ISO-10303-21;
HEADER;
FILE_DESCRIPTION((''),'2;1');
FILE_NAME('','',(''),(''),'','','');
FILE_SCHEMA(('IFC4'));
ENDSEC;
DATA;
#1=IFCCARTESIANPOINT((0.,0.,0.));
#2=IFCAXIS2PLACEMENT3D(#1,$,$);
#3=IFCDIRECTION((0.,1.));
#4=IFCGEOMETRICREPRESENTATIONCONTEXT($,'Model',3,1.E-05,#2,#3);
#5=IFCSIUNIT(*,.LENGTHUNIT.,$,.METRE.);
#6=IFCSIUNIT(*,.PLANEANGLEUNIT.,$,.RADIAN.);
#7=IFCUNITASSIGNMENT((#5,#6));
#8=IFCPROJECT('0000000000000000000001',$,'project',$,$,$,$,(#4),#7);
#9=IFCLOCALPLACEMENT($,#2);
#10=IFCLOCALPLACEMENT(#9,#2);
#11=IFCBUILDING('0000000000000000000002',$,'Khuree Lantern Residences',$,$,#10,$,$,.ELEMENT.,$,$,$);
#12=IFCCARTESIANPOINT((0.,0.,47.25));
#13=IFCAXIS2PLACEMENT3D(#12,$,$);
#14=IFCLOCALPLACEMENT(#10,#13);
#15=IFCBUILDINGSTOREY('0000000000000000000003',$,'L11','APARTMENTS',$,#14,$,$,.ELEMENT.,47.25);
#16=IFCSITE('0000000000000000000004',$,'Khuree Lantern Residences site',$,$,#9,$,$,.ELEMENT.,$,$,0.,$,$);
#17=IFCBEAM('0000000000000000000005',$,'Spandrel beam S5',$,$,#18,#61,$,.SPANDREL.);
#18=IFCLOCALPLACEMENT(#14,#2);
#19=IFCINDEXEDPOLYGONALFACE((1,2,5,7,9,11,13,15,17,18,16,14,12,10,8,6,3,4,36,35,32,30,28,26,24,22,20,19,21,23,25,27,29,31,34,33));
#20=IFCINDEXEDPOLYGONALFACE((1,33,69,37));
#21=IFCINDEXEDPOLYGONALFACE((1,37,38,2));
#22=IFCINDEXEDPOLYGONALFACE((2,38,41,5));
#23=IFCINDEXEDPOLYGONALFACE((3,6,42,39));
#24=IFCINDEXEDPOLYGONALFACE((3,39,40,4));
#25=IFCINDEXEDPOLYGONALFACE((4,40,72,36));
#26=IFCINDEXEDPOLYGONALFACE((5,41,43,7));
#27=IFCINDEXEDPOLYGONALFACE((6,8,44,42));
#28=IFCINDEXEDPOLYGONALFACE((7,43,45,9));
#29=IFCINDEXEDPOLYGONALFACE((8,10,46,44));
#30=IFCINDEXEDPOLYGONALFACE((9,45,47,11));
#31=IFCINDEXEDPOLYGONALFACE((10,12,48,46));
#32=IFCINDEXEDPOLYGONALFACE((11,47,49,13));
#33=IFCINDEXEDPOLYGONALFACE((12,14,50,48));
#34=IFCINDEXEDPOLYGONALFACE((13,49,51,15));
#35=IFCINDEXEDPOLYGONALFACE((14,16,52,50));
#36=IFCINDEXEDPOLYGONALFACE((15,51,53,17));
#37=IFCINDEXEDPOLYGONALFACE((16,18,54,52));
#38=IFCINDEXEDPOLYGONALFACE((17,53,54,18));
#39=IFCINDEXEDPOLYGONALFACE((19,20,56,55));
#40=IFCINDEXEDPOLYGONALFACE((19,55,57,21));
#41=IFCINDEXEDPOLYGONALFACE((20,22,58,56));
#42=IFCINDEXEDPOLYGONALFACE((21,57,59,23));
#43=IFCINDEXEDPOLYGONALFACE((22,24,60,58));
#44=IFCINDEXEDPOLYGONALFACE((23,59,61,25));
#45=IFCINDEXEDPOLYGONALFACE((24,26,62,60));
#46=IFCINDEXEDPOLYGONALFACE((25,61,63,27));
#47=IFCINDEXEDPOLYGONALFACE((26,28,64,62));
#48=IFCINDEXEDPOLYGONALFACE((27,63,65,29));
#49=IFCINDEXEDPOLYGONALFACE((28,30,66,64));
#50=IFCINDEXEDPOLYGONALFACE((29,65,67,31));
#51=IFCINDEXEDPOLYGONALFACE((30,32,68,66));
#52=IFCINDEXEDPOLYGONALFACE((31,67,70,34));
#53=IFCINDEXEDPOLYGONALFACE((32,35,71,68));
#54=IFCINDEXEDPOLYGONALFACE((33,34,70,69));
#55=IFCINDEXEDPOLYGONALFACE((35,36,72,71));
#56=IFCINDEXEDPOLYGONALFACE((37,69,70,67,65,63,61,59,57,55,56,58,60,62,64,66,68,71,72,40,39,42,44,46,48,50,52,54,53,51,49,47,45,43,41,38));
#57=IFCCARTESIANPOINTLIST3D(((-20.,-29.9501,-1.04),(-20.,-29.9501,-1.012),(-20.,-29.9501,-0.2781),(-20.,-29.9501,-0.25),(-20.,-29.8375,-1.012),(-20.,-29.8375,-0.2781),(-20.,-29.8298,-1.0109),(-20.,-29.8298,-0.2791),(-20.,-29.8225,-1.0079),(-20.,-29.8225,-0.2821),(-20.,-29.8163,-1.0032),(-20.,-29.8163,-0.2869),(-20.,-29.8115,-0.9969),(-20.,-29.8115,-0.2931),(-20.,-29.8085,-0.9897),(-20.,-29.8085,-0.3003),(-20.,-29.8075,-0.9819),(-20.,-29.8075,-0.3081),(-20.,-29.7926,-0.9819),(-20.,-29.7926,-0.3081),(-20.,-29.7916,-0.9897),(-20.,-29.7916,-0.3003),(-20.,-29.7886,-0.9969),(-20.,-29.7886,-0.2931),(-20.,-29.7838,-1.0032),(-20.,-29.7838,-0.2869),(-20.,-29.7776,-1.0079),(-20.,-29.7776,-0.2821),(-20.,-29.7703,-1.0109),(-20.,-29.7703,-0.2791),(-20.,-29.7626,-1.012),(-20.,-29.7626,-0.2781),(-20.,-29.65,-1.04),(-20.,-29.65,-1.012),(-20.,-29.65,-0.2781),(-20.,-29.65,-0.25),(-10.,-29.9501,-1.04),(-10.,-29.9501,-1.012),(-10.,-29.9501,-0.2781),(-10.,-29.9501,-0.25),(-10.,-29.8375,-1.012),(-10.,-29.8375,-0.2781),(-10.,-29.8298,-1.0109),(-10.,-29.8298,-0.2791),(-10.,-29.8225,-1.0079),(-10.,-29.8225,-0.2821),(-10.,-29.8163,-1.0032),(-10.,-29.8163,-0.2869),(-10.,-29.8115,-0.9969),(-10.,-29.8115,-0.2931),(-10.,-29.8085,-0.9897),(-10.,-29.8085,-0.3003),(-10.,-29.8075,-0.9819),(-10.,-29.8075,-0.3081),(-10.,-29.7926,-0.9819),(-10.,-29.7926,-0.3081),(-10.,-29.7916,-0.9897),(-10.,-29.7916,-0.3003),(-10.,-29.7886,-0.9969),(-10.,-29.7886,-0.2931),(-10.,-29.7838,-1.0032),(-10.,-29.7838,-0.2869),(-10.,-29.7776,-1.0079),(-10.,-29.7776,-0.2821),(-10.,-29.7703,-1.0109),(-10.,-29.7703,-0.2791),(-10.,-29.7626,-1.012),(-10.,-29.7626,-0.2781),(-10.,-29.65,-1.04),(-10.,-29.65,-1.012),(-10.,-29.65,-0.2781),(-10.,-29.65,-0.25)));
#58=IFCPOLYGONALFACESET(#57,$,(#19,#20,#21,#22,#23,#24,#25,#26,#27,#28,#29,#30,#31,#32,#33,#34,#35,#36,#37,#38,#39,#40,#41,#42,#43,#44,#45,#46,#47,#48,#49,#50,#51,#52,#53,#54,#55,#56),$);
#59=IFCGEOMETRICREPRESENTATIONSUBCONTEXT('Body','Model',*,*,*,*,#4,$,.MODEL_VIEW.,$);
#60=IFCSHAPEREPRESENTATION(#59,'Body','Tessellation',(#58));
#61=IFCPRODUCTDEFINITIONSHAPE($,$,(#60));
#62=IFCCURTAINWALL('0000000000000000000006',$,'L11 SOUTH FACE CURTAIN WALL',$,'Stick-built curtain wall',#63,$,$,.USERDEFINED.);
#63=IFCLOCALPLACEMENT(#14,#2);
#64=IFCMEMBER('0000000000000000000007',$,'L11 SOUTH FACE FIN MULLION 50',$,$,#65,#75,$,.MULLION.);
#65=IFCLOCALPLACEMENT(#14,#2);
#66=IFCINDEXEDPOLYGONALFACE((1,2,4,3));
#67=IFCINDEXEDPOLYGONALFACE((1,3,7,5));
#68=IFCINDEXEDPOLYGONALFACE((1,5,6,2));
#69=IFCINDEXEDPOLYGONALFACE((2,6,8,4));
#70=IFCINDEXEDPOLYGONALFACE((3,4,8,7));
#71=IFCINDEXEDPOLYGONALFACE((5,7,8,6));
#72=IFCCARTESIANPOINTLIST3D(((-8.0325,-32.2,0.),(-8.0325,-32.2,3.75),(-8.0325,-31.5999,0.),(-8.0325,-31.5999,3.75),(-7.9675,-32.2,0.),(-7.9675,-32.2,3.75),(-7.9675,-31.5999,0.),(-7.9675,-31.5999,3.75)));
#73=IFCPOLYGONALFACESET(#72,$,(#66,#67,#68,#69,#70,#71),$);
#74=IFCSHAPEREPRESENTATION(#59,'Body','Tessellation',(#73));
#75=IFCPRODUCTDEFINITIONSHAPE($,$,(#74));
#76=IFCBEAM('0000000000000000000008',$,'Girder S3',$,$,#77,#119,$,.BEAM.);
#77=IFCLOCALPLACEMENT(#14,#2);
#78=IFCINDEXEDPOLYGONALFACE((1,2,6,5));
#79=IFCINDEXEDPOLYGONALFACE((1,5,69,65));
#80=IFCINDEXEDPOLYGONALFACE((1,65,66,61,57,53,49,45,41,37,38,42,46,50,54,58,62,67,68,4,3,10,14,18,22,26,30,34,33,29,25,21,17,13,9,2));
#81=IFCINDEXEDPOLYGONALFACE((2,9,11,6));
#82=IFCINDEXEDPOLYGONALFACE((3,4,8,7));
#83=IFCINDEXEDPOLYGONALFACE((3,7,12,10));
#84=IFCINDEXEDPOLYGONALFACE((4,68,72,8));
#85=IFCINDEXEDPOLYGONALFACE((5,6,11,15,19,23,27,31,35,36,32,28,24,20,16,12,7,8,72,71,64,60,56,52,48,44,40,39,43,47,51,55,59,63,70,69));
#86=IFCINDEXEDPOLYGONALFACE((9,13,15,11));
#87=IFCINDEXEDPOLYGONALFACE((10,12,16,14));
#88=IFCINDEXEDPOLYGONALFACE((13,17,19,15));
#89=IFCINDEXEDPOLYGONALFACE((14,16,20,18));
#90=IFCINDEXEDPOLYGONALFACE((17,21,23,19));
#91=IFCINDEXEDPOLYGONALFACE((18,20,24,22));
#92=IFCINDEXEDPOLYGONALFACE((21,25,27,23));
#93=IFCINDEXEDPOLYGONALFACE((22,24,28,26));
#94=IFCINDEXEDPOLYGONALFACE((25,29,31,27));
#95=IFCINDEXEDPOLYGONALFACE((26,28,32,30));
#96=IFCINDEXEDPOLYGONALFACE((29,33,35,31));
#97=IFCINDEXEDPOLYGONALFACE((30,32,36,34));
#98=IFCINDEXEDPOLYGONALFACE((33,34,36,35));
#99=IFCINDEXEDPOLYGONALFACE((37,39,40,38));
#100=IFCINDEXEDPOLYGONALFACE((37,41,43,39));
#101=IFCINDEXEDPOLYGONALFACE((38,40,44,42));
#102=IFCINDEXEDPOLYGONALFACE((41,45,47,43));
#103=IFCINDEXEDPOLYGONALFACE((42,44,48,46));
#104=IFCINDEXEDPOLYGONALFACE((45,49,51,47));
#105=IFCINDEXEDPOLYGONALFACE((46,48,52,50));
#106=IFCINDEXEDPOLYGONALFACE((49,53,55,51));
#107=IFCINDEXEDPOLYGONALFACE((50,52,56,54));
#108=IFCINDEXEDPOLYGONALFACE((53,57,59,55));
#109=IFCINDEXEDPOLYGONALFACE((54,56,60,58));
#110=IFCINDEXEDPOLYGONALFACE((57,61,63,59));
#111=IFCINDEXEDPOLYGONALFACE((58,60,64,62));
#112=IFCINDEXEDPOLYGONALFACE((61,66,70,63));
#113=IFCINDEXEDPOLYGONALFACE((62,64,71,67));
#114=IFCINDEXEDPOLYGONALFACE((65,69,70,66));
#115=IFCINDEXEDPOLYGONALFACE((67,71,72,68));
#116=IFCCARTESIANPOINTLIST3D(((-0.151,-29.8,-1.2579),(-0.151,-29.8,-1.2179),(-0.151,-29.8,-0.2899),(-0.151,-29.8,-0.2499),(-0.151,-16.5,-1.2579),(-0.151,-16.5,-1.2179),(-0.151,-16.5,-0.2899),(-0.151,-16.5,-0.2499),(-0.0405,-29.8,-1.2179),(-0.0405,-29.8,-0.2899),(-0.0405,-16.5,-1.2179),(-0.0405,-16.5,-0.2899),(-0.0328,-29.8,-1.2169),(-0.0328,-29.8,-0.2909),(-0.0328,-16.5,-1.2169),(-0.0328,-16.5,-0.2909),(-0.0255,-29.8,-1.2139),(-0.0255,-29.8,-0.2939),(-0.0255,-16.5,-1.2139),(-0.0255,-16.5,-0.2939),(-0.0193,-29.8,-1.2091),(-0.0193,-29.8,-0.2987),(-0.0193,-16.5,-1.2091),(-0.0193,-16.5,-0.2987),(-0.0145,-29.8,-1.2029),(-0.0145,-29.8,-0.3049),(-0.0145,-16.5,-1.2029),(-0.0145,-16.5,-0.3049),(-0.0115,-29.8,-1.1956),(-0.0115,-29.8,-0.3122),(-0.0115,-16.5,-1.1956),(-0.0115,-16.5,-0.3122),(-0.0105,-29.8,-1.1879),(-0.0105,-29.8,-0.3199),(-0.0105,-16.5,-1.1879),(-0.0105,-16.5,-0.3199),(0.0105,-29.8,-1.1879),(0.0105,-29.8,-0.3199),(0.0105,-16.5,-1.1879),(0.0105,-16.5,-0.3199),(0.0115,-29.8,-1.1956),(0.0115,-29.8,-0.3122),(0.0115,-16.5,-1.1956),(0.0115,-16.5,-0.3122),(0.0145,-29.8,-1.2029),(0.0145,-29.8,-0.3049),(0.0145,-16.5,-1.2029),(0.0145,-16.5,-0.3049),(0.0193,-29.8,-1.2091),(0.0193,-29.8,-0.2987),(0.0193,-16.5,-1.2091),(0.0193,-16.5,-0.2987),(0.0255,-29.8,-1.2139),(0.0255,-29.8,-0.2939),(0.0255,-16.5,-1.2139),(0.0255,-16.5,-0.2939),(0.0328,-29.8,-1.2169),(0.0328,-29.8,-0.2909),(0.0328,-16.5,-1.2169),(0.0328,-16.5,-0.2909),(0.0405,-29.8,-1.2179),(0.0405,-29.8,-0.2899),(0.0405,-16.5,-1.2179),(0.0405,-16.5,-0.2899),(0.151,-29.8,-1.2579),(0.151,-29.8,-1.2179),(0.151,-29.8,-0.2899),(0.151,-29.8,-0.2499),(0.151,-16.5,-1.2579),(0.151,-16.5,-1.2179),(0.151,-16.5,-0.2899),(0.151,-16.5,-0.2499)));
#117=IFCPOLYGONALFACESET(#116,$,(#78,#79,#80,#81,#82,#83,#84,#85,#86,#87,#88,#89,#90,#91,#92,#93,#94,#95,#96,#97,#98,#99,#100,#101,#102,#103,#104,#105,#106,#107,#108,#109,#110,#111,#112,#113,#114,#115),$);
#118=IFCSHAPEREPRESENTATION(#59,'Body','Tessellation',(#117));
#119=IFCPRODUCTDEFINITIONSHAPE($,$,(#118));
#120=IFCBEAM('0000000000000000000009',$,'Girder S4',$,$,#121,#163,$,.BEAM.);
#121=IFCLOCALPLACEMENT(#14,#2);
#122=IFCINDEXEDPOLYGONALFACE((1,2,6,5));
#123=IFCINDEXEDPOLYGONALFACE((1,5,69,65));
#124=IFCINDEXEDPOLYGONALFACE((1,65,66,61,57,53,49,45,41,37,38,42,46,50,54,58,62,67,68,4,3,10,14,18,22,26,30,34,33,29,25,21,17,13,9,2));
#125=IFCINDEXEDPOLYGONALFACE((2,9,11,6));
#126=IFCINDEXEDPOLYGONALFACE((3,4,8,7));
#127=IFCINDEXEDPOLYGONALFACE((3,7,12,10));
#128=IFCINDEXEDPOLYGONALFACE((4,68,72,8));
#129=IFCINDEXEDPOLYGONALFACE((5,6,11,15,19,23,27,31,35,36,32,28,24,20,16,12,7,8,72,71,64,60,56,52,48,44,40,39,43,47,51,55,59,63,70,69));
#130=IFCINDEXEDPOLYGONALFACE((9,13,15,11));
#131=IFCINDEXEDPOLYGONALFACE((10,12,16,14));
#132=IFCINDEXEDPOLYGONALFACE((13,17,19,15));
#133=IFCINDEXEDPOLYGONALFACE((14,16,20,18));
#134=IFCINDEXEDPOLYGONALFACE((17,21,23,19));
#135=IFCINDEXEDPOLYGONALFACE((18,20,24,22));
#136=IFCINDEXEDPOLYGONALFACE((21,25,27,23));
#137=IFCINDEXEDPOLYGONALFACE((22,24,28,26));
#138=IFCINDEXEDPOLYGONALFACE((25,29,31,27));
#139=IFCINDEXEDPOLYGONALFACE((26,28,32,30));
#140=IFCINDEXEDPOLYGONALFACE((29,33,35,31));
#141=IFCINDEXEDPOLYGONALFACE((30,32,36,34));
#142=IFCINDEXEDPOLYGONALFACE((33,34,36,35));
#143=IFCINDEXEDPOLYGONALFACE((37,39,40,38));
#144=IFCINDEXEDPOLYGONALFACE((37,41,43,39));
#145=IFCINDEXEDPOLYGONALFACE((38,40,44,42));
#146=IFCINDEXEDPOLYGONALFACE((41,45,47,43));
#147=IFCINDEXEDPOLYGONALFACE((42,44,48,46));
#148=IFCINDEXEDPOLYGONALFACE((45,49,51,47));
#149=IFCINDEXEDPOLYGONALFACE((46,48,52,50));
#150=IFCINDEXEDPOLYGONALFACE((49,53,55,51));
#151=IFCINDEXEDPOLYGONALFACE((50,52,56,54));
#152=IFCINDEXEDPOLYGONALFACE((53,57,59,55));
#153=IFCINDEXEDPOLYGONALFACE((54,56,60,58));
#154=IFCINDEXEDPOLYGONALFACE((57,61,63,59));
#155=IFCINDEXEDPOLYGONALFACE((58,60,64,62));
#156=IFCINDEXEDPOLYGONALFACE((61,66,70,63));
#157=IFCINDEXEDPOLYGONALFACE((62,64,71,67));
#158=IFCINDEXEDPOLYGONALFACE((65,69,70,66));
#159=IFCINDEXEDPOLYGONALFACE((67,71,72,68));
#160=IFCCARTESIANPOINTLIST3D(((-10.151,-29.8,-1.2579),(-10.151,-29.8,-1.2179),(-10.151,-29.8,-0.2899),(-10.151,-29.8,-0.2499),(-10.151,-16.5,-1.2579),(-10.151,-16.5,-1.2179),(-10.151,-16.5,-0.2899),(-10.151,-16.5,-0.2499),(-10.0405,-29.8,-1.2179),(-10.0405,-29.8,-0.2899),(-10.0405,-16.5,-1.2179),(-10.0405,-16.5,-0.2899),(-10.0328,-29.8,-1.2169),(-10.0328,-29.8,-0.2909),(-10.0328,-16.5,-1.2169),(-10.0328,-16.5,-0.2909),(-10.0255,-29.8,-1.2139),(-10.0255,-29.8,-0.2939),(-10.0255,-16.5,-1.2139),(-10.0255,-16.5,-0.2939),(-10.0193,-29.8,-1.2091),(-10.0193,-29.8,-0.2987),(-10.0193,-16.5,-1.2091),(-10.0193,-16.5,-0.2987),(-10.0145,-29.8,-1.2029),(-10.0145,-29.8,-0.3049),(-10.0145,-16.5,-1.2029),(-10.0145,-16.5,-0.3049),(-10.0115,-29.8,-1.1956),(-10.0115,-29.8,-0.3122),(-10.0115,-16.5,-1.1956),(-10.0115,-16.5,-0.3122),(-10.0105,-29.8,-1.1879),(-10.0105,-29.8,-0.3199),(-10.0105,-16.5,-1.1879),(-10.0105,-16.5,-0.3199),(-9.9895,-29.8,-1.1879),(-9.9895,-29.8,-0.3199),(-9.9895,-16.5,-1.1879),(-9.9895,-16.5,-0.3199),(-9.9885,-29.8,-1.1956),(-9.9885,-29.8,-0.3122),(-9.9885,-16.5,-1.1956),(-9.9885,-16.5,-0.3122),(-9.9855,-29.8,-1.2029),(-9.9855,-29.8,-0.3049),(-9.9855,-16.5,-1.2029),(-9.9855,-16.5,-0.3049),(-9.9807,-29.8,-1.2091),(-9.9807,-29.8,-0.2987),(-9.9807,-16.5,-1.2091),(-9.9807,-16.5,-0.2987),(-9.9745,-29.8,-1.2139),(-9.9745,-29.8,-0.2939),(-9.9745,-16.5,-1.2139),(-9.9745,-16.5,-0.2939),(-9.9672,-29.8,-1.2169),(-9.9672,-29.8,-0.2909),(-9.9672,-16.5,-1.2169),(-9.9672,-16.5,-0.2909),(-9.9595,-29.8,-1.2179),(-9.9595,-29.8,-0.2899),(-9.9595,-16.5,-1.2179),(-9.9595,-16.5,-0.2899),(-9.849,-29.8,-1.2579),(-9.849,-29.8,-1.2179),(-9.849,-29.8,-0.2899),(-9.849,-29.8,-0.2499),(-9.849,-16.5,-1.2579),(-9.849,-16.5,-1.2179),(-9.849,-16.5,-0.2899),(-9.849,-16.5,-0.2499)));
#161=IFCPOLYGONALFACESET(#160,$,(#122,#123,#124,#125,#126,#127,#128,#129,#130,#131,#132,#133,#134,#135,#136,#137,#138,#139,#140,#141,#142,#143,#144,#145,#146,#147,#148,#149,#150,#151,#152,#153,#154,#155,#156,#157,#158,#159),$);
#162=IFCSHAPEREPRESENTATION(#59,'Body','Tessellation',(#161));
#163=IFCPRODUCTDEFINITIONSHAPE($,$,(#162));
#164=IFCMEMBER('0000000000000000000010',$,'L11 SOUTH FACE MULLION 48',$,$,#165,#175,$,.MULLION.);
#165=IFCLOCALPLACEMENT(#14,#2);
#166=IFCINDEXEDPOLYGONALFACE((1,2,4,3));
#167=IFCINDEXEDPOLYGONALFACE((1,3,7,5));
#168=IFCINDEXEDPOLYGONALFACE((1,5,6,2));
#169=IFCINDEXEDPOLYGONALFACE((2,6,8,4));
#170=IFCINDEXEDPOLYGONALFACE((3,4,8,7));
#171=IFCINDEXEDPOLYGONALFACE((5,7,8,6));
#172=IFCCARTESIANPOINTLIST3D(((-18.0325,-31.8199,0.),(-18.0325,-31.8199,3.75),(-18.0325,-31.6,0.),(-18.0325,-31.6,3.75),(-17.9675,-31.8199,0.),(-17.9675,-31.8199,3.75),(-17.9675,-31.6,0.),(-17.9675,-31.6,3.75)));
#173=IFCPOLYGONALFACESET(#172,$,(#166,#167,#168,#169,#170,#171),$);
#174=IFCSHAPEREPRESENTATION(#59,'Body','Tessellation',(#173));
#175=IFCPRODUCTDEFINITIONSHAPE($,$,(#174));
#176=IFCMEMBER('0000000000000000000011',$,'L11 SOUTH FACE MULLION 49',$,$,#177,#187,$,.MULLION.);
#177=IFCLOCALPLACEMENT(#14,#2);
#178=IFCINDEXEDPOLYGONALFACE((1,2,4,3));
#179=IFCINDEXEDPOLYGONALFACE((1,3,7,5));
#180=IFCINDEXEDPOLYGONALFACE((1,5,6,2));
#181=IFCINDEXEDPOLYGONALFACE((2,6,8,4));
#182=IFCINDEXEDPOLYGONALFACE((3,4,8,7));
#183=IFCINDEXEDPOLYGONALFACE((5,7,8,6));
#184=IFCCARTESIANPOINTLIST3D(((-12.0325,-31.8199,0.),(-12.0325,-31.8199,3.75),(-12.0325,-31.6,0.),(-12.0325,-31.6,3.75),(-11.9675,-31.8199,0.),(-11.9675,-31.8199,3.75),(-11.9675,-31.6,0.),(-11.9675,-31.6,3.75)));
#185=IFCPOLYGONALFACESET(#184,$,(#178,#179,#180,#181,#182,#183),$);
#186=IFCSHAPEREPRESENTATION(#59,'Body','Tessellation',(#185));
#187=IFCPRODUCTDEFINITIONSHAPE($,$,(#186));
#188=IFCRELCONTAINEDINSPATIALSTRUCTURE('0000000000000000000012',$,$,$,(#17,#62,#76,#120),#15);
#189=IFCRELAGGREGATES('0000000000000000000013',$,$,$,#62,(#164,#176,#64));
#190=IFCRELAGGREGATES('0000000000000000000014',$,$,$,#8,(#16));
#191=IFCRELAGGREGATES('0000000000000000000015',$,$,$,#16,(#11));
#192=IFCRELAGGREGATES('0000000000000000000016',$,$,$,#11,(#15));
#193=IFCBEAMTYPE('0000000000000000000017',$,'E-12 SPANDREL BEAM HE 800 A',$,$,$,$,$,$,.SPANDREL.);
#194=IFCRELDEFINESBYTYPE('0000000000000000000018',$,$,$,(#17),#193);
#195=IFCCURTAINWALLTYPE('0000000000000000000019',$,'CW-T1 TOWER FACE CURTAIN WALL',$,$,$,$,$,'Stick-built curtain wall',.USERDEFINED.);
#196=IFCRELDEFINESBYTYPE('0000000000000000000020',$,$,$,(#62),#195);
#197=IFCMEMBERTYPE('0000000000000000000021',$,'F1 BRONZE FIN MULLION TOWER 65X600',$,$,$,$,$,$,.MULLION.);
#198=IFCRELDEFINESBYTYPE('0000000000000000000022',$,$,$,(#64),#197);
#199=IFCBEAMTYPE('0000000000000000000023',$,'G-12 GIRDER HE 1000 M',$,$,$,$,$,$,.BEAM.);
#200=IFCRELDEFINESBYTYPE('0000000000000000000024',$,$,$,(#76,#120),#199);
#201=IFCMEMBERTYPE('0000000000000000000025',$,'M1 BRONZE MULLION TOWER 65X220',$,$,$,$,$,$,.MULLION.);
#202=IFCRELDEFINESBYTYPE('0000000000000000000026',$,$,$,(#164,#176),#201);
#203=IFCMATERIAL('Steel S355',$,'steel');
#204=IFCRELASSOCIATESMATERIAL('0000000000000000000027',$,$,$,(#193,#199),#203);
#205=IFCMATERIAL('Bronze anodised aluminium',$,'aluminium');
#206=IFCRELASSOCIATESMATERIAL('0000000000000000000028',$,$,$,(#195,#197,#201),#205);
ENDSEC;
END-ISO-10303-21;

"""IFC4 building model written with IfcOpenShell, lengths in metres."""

from ifc_helpers import new_model, si_unit, direction, frame, origin, origin_2d, place, context, subcontext, project, spatial, rectangle, i_section, extrude, material, material_profile, profile_set, type_object, element, aggregate, save


model = new_model("IFC4")

# Units and contexts
model_context = context("Model", 3, precision=1e-05, world=origin(), true_north=direction((0.0, 1.0)))
body_context = subcontext(model_context, "Body", "Model", "MODEL_VIEW")
ifc_project = project(units=[si_unit("LENGTHUNIT", "METRE"), si_unit("PLANEANGLEUNIT", "RADIAN")], contexts=[model_context])

# Site, building, storey
site_placement = place(None, origin())
site = spatial("IfcSite", under=ifc_project, at=site_placement, Name="Khuree Lantern Residences site", CompositionType="ELEMENT", RefElevation=0.0)
building_placement = place(site_placement, origin())
building = spatial("IfcBuilding", under=site, at=building_placement, Name="Khuree Lantern Residences", CompositionType="ELEMENT")
storey_placement = place(building_placement, frame((0.0, 0.0, 47.25)))
storey = spatial("IfcBuildingStorey", under=building, at=storey_placement, Name="L11", Description="APARTMENTS", CompositionType="ELEMENT", Elevation=47.25)

# Beam
ifc_material_1 = material(Name="Steel S355", Category="steel")
ifc_material_profile_1 = material_profile(ifc_material_1, i_section(OverallWidth=0.3, OverallDepth=0.79, WebThickness=0.0149, FlangeThickness=0.0281, FilletRadius=0.03, at=origin_2d()), Name="HE 800 A")
ifc_profile_set_1 = profile_set([ifc_material_profile_1], Name="Steel S355")
beam_type_1 = type_object("IfcBeamType", Name="E-12 SPANDREL BEAM HE 800 A", PredefinedType="SPANDREL", material=ifc_profile_set_1)
for number, where, z_axis, x_axis, name in (
    (1, (-10.0, -29.8, -0.645), (-1.0, 0.0, 0.0), (0.0, -1.0, 0.0), "Spandrel beam S5"),
):
    element("IfcBeam", number, at=place(storey_placement, frame(where, z_axis=z_axis, x_axis=x_axis)), inside=storey, type_object=beam_type_1, Name=name, PredefinedType="SPANDREL", context=body_context, shape_type="SweptSolid", body=[
        extrude(i_section(OverallWidth=0.3, OverallDepth=0.79, WebThickness=0.0149, FlangeThickness=0.0281, FilletRadius=0.03, at=origin_2d()), origin(), (0.0, 0.0, 1.0), 10.0),
    ])

# Curtain wall, member
ifc_material_2 = material(Name="Bronze anodised aluminium", Category="aluminium")
curtain_wall_type = type_object("IfcCurtainWallType", Name="CW-T1 TOWER FACE CURTAIN WALL", ElementType="Stick-built curtain wall", PredefinedType="USERDEFINED", material=ifc_material_2)
curtain_wall_placement = place(storey_placement, origin())
curtain_wall = element("IfcCurtainWall", 2, at=curtain_wall_placement, inside=storey, type_object=curtain_wall_type, Name="L11 SOUTH FACE CURTAIN WALL", ObjectType="Stick-built curtain wall", PredefinedType="USERDEFINED")
ifc_material_profile_2 = material_profile(ifc_material_2, rectangle(XDim=0.0649, YDim=0.6001, at=origin_2d()), Name="F1 65X600")
ifc_profile_set_2 = profile_set([ifc_material_profile_2], Name="Bronze anodised aluminium")
member_type_1 = type_object("IfcMemberType", Name="F1 BRONZE FIN MULLION TOWER 65X600", PredefinedType="MULLION", material=ifc_profile_set_2)
member_1_placement = place(storey_placement, frame((-8.0, -31.8999, 0.0), z_axis=(0.0, 0.0, 1.0), x_axis=(1.0, 0.0, 0.0)))
member_1 = element("IfcMember", 3, at=member_1_placement, type_object=member_type_1, Name="L11 SOUTH FACE FIN MULLION 50", PredefinedType="MULLION", context=body_context, shape_type="SweptSolid", body=[
    extrude(rectangle(XDim=0.0649, YDim=0.6001, at=origin_2d()), origin(), (0.0, 0.0, 1.0), 3.75),
])

# Beams
ifc_material_profile_3 = material_profile(ifc_material_1, i_section(OverallWidth=0.302, OverallDepth=1.0081, WebThickness=0.021, FlangeThickness=0.04, FilletRadius=0.03, at=origin_2d()), Name="HE 1000 M")
ifc_profile_set_3 = profile_set([ifc_material_profile_3], Name="Steel S355")
beam_type_2 = type_object("IfcBeamType", Name="G-12 GIRDER HE 1000 M", PredefinedType="BEAM", material=ifc_profile_set_3)
for number, where, z_axis, x_axis, name in (
    (4, (0.0, -29.8, -0.7539), (0.0, 1.0, 0.0), (-1.0, 0.0, 0.0), "Girder S3"),
    (5, (-10.0, -29.8, -0.7539), (0.0, 1.0, 0.0), (-1.0, 0.0, 0.0), "Girder S4"),
):
    element("IfcBeam", number, at=place(storey_placement, frame(where, z_axis=z_axis, x_axis=x_axis)), inside=storey, type_object=beam_type_2, Name=name, PredefinedType="BEAM", context=body_context, shape_type="SweptSolid", body=[
        extrude(i_section(OverallWidth=0.302, OverallDepth=1.0081, WebThickness=0.021, FlangeThickness=0.04, FilletRadius=0.03, at=origin_2d()), origin(), (0.0, 0.0, 1.0), 13.3),
    ])

# Members
ifc_material_profile_4 = material_profile(ifc_material_2, rectangle(XDim=0.0649, YDim=0.22, at=origin_2d()), Name="M1 65X220")
ifc_profile_set_4 = profile_set([ifc_material_profile_4], Name="Bronze anodised aluminium")
member_type_2 = type_object("IfcMemberType", Name="M1 BRONZE MULLION TOWER 65X220", PredefinedType="MULLION", material=ifc_profile_set_4)
member_2_placement = place(storey_placement, frame((-18.0, -31.71, 0.0), z_axis=(0.0, 0.0, 1.0), x_axis=(1.0, 0.0, 0.0)))
member_2 = element("IfcMember", 6, at=member_2_placement, type_object=member_type_2, Name="L11 SOUTH FACE MULLION 48", PredefinedType="MULLION", context=body_context, shape_type="SweptSolid", body=[
    extrude(rectangle(XDim=0.0649, YDim=0.22, at=origin_2d()), origin(), (0.0, 0.0, 1.0), 3.75),
])
member_3_placement = place(storey_placement, frame((-12.0, -31.71, 0.0), z_axis=(0.0, 0.0, 1.0), x_axis=(1.0, 0.0, 0.0)))
member_3 = element("IfcMember", 7, at=member_3_placement, type_object=member_type_2, Name="L11 SOUTH FACE MULLION 49", PredefinedType="MULLION", context=body_context, shape_type="SweptSolid", body=[
    extrude(rectangle(XDim=0.0649, YDim=0.22, at=origin_2d()), origin(), (0.0, 0.0, 1.0), 3.75),
])

aggregate(curtain_wall, [member_2, member_3, member_1])

save(model, "model.ifc")
